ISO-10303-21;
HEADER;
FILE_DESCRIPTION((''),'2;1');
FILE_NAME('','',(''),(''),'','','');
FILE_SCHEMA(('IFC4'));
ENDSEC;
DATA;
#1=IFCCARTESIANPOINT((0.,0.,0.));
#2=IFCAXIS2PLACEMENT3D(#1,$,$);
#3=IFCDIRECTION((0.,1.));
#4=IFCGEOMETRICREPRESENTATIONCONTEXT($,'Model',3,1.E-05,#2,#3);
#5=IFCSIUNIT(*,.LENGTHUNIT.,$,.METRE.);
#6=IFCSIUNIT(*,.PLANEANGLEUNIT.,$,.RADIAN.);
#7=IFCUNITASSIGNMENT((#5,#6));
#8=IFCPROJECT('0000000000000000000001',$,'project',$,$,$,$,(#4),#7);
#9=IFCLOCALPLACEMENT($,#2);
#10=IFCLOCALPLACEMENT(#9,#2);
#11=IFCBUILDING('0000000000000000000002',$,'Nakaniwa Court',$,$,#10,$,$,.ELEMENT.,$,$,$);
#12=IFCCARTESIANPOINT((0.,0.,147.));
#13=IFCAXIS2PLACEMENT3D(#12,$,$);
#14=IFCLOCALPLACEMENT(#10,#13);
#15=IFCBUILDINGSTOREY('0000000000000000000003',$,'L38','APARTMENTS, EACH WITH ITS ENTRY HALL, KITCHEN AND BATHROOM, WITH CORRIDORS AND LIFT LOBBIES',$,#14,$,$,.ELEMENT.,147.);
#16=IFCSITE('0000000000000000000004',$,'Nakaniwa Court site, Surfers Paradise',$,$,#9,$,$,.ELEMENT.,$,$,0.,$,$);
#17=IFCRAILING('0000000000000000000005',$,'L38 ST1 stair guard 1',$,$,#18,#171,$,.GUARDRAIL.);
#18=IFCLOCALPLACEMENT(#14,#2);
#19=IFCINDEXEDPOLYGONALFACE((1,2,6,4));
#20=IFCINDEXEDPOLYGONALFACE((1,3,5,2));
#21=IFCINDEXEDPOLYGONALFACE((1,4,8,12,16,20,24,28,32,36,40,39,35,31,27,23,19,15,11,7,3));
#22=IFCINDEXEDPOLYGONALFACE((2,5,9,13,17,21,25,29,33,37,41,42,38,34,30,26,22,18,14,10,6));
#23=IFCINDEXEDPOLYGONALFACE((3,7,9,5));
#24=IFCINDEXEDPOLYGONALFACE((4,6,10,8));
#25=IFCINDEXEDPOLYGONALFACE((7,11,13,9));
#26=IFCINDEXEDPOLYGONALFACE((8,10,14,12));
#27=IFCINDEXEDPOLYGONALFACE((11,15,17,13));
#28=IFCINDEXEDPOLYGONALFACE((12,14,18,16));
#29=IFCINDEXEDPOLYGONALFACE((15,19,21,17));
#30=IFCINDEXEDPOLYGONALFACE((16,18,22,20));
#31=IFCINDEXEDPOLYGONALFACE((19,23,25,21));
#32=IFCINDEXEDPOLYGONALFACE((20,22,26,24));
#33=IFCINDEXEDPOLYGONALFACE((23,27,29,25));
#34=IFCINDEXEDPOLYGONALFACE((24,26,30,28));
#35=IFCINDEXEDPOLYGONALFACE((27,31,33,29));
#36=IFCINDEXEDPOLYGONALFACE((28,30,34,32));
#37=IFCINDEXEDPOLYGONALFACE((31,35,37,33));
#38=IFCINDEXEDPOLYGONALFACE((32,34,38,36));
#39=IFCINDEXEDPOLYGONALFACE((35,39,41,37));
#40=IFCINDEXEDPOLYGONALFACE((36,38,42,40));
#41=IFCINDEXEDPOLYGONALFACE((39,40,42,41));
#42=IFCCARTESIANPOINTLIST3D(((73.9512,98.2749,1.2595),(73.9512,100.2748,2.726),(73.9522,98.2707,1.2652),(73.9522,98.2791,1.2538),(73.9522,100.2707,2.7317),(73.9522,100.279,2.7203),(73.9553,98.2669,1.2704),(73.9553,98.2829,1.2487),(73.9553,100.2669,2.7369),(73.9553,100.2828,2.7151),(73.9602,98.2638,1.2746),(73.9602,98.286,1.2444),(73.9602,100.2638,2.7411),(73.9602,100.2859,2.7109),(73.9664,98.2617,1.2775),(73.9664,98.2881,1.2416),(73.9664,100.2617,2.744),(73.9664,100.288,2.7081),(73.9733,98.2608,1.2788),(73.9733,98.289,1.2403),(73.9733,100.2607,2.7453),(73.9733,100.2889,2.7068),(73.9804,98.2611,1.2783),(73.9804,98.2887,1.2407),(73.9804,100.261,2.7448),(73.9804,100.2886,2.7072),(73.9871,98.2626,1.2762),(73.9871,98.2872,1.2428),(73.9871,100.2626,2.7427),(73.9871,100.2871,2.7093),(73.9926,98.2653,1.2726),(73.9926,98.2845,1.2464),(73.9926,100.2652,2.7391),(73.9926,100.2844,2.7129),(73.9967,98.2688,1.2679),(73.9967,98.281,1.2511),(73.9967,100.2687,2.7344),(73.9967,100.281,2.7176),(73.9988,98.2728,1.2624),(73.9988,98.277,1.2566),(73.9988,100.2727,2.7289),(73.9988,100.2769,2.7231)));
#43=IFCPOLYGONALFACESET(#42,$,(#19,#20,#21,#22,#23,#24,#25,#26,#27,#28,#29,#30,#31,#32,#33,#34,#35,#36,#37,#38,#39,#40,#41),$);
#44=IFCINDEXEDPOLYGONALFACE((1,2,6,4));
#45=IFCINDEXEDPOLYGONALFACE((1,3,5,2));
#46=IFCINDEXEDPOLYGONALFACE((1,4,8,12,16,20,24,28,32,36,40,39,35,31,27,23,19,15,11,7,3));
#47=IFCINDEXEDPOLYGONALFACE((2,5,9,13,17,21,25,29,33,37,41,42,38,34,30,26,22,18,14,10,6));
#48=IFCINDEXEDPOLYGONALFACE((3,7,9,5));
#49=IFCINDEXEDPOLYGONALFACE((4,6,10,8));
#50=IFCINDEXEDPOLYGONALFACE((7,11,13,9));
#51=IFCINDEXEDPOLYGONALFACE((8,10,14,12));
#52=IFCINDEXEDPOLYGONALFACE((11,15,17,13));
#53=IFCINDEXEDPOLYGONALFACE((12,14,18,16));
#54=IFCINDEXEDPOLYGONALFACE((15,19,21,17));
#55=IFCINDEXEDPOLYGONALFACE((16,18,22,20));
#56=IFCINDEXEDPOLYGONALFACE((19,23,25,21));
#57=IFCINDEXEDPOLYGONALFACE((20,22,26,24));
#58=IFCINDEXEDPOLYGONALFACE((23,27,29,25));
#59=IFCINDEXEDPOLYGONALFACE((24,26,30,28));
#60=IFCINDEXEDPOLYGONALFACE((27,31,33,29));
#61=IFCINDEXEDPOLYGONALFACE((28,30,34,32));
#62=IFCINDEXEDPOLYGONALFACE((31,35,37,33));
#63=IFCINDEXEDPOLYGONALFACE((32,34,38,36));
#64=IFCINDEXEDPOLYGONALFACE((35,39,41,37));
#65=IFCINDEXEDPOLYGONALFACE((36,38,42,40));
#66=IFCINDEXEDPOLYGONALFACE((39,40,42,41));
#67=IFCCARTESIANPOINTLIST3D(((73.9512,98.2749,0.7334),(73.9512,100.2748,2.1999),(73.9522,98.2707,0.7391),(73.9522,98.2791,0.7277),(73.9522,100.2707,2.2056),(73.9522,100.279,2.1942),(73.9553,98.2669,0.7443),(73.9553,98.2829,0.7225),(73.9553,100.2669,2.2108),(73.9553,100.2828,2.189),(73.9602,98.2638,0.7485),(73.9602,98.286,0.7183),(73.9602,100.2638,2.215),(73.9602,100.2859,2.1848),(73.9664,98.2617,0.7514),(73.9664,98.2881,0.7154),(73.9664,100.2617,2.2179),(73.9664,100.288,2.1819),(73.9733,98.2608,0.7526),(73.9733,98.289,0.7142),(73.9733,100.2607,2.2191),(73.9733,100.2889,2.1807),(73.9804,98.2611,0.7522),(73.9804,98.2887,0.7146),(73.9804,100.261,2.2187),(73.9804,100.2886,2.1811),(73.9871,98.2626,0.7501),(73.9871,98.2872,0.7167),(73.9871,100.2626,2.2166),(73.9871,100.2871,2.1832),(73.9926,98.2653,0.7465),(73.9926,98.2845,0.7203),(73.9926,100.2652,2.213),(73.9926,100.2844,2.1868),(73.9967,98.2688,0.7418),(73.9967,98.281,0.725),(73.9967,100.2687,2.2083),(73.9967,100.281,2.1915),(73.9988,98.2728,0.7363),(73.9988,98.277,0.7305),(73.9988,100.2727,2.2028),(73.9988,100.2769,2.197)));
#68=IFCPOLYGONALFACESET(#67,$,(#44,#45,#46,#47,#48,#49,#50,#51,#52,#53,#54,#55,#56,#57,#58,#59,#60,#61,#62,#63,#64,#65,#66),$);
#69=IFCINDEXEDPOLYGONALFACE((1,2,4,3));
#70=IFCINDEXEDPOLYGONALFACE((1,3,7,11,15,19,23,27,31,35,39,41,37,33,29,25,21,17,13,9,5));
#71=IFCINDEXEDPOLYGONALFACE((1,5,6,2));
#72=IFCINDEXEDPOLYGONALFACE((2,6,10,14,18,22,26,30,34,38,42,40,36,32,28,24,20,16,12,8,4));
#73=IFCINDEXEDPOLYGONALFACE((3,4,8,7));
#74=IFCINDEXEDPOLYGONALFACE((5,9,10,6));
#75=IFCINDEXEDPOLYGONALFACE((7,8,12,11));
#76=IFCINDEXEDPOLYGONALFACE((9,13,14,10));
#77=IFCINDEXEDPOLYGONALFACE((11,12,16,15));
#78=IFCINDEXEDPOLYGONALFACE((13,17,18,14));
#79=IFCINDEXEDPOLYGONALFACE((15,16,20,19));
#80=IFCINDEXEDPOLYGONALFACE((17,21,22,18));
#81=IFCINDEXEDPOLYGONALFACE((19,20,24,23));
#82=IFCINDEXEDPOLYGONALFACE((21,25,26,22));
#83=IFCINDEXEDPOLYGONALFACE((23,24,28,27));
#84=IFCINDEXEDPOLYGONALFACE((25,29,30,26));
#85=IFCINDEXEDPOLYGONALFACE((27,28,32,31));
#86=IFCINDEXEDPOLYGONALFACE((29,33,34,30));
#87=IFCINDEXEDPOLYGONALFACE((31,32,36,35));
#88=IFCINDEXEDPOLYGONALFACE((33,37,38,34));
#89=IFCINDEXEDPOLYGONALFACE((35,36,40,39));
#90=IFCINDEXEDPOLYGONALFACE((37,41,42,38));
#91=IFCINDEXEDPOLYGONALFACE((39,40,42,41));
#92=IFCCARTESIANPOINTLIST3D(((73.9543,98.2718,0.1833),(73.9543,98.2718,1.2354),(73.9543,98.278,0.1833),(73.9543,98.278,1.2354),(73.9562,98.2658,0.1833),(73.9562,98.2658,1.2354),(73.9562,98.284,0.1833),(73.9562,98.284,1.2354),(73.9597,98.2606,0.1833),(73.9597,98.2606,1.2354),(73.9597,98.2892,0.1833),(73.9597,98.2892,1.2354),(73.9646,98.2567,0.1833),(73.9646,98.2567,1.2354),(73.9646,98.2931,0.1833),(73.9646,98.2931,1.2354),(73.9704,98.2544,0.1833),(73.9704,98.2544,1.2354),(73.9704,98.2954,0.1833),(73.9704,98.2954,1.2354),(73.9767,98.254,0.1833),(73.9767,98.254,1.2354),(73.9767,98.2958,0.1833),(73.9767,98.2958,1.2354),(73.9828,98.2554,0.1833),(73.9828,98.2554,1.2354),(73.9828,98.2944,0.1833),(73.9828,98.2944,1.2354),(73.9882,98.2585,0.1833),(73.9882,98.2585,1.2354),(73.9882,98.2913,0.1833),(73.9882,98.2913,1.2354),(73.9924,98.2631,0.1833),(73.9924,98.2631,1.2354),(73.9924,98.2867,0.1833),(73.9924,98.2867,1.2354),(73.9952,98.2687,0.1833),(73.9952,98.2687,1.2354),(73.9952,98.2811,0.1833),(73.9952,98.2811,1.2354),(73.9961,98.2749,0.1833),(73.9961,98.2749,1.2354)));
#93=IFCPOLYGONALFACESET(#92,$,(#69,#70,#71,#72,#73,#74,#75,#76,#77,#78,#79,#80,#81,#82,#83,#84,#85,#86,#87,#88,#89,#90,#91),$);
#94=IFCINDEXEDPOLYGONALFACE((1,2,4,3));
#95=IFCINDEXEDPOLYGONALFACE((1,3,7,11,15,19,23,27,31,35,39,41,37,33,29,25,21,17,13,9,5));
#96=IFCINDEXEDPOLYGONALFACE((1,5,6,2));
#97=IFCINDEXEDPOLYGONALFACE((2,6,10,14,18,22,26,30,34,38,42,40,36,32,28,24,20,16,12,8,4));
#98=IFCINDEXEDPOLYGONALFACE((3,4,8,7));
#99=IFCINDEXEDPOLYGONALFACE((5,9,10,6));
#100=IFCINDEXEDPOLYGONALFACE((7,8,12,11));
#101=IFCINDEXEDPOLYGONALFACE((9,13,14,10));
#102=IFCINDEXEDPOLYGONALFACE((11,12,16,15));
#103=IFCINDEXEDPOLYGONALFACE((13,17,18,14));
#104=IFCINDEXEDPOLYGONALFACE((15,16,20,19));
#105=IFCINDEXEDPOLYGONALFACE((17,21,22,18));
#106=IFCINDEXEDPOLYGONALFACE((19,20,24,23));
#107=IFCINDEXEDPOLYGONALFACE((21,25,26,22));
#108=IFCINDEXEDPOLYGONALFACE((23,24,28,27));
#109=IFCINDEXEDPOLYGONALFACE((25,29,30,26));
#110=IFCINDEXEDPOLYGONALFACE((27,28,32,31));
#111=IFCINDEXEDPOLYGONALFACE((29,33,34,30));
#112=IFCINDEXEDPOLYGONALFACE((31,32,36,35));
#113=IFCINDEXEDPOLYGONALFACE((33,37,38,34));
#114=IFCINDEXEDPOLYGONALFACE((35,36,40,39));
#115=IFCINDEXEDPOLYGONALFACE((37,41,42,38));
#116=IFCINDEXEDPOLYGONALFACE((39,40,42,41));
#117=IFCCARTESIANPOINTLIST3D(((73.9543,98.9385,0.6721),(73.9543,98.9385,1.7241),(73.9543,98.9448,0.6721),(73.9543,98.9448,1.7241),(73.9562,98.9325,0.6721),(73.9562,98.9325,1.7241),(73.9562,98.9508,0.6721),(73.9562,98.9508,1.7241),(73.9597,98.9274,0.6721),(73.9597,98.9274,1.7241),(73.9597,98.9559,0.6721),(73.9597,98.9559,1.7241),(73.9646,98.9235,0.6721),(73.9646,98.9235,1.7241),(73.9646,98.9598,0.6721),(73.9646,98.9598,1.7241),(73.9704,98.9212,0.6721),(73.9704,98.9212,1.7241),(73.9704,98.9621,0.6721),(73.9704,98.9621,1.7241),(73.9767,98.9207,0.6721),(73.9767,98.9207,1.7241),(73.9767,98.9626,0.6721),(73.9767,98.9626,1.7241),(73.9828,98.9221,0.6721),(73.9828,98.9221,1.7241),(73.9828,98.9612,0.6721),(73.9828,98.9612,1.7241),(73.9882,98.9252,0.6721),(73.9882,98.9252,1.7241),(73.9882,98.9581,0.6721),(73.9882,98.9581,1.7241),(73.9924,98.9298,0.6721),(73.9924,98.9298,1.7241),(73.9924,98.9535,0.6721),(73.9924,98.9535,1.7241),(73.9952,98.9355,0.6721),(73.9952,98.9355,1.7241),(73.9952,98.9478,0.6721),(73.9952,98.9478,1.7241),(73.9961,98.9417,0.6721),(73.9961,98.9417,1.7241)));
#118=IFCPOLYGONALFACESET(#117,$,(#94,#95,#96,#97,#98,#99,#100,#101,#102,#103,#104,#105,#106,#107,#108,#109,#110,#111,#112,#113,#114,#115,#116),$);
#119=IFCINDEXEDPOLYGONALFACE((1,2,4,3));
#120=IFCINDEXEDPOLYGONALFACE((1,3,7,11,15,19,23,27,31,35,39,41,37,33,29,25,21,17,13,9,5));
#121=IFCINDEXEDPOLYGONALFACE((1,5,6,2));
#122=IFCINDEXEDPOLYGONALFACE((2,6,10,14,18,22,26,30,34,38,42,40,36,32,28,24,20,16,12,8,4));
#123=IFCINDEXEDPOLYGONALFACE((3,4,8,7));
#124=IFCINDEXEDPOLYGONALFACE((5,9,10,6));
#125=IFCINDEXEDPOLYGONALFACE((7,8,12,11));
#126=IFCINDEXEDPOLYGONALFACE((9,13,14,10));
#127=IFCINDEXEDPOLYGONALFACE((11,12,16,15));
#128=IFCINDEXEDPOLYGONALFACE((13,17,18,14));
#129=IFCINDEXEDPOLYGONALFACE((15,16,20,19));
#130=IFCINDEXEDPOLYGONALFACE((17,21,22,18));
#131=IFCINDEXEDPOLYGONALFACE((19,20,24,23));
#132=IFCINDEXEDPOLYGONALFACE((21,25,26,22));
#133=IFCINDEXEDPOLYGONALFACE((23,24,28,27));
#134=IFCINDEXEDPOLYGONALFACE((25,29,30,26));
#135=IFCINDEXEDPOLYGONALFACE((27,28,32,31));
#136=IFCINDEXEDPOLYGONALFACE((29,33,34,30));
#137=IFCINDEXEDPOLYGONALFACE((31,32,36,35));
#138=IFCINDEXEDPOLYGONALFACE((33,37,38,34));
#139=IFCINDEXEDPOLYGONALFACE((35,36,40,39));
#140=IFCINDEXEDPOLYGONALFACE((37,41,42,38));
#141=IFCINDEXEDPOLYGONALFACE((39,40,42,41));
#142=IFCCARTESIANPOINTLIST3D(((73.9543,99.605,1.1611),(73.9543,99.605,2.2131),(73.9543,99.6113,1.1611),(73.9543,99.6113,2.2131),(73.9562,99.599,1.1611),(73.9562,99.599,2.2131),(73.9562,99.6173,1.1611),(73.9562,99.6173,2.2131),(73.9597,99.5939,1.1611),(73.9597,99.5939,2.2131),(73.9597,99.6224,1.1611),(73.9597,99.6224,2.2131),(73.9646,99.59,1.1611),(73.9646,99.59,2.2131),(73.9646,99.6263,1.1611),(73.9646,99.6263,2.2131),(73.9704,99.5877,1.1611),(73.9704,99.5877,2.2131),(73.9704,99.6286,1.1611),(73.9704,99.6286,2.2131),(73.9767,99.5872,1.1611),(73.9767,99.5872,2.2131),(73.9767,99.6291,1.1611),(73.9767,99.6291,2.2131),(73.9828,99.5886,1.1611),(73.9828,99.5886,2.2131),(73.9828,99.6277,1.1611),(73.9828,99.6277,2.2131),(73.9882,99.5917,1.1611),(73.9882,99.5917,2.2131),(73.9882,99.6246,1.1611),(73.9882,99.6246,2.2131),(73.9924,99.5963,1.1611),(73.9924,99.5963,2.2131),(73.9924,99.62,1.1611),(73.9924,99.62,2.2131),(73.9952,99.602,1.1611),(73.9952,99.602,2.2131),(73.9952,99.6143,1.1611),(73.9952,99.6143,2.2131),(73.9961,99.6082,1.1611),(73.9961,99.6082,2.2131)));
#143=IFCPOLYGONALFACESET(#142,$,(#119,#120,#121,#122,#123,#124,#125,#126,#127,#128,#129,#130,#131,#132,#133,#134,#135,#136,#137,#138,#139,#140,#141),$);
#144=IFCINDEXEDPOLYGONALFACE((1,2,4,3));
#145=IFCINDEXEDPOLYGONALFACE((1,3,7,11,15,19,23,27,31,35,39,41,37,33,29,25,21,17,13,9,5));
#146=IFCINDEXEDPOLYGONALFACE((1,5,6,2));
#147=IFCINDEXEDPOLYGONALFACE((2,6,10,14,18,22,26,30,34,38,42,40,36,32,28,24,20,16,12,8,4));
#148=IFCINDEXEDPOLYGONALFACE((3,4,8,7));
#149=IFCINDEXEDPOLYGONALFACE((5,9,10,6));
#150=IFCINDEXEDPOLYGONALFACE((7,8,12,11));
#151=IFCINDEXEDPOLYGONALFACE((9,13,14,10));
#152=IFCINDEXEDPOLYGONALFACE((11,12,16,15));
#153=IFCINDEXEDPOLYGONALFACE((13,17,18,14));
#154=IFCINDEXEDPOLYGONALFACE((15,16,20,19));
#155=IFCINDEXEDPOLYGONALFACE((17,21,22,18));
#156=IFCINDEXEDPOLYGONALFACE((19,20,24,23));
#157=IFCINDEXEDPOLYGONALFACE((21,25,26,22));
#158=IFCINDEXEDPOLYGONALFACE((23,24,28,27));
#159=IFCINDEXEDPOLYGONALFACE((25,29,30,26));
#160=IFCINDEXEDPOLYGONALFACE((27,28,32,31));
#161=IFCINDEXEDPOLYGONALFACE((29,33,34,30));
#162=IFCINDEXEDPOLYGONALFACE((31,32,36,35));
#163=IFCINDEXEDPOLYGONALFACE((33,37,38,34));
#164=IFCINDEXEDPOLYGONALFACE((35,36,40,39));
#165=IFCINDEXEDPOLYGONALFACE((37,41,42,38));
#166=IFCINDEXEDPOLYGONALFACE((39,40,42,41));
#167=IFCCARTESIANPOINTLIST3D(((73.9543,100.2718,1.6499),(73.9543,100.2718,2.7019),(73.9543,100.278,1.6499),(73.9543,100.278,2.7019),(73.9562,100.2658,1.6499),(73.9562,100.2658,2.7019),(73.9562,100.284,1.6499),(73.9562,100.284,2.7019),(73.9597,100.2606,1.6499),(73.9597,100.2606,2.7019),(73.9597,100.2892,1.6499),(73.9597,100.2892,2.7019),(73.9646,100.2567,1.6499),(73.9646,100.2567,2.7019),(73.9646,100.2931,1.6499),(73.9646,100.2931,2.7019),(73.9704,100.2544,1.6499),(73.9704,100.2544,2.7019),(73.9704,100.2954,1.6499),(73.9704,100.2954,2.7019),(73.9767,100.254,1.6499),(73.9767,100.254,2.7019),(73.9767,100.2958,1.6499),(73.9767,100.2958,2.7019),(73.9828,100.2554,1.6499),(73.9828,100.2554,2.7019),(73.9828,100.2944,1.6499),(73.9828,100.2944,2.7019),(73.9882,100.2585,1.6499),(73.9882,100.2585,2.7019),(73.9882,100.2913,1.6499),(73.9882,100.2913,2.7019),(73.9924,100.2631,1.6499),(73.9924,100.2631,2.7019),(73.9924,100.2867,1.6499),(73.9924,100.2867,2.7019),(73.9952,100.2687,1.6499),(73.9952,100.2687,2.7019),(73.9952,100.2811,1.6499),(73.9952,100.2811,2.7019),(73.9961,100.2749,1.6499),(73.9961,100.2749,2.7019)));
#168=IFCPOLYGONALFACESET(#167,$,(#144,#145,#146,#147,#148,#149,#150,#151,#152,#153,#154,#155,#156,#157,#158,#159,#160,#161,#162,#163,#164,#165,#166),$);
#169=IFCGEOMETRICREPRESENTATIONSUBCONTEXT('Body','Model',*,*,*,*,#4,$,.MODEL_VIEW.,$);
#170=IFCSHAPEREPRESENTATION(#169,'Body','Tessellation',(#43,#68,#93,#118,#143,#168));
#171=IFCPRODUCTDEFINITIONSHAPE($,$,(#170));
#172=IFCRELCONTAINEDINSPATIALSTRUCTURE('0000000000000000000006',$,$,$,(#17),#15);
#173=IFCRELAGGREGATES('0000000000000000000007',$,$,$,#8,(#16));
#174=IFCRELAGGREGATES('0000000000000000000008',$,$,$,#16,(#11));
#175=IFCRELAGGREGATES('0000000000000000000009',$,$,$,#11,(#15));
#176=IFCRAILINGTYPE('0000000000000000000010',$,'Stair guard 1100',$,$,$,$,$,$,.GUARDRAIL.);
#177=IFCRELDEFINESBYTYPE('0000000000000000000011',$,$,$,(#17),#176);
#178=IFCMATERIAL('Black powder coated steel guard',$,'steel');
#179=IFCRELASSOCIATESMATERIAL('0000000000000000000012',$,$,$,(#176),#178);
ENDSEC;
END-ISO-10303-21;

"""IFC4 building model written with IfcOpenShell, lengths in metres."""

from ifc_helpers import new_model, si_unit, direction, frame, origin, origin_2d, place, context, subcontext, project, spatial, circle, extrude, material, type_object, element, save


model = new_model("IFC4")

# Units and contexts
model_context = context("Model", 3, precision=1e-05, world=origin(), true_north=direction((0.0, 1.0)))
body_context = subcontext(model_context, "Body", "Model", "MODEL_VIEW")
ifc_project = project(units=[si_unit("LENGTHUNIT", "METRE"), si_unit("PLANEANGLEUNIT", "RADIAN")], contexts=[model_context])

# Site, building, storey
site_placement = place(None, origin())
site = spatial("IfcSite", under=ifc_project, at=site_placement, Name="Nakaniwa Court site, Surfers Paradise", CompositionType="ELEMENT", RefElevation=0.0)
building_placement = place(site_placement, origin())
building = spatial("IfcBuilding", under=site, at=building_placement, Name="Nakaniwa Court", CompositionType="ELEMENT")
storey_placement = place(building_placement, frame((0.0, 0.0, 147.0)))
storey = spatial("IfcBuildingStorey", under=building, at=storey_placement, Name="L38", Description="APARTMENTS, EACH WITH ITS ENTRY HALL, KITCHEN AND BATHROOM, WITH CORRIDORS AND LIFT LOBBIES", CompositionType="ELEMENT", Elevation=147.0)

# Railing
ifc_material_1 = material(Name="Black powder coated steel guard", Category="steel")
railing_type_1 = type_object("IfcRailingType", Name="Stair guard 1100", PredefinedType="GUARDRAIL", material=ifc_material_1)
railing_1_placement = place(storey_placement, frame((73.9751, 98.2749, 0.1833)))
element("IfcRailing", 1, at=railing_1_placement, inside=storey, type_object=railing_type_1, Name="L38 ST1 stair guard 1", PredefinedType="GUARDRAIL", context=body_context, shape_type="SweptSolid", body=[
    extrude(circle(Radius=0.0239, at=origin_2d()), frame((0.0, 0.0, 1.0762), z_axis=(0.0, 0.806427, 0.591334), x_axis=(-1.0, 0.0, 0.0)), (0.0, 0.0, 1.0), 2.48),
    extrude(circle(Radius=0.0239, at=origin_2d()), frame((0.0, 0.0, 0.55), z_axis=(0.0, 0.806427, 0.591334), x_axis=(-1.0, 0.0, 0.0)), (0.0, 0.0, 1.0), 2.48),
    extrude(circle(Radius=0.021, at=origin_2d()), origin(), (0.0, 0.0, 1.0), 1.052),
    extrude(circle(Radius=0.021, at=origin_2d()), frame((0.0, 0.6667, 0.4888)), (0.0, 0.0, 1.0), 1.052),
    extrude(circle(Radius=0.021, at=origin_2d()), frame((0.0, 1.3333, 0.9778)), (0.0, 0.0, 1.0), 1.052),
    extrude(circle(Radius=0.021, at=origin_2d()), frame((0.0, 2.0, 1.4666)), (0.0, 0.0, 1.0), 1.052),
])

save(model, "model.ifc")
